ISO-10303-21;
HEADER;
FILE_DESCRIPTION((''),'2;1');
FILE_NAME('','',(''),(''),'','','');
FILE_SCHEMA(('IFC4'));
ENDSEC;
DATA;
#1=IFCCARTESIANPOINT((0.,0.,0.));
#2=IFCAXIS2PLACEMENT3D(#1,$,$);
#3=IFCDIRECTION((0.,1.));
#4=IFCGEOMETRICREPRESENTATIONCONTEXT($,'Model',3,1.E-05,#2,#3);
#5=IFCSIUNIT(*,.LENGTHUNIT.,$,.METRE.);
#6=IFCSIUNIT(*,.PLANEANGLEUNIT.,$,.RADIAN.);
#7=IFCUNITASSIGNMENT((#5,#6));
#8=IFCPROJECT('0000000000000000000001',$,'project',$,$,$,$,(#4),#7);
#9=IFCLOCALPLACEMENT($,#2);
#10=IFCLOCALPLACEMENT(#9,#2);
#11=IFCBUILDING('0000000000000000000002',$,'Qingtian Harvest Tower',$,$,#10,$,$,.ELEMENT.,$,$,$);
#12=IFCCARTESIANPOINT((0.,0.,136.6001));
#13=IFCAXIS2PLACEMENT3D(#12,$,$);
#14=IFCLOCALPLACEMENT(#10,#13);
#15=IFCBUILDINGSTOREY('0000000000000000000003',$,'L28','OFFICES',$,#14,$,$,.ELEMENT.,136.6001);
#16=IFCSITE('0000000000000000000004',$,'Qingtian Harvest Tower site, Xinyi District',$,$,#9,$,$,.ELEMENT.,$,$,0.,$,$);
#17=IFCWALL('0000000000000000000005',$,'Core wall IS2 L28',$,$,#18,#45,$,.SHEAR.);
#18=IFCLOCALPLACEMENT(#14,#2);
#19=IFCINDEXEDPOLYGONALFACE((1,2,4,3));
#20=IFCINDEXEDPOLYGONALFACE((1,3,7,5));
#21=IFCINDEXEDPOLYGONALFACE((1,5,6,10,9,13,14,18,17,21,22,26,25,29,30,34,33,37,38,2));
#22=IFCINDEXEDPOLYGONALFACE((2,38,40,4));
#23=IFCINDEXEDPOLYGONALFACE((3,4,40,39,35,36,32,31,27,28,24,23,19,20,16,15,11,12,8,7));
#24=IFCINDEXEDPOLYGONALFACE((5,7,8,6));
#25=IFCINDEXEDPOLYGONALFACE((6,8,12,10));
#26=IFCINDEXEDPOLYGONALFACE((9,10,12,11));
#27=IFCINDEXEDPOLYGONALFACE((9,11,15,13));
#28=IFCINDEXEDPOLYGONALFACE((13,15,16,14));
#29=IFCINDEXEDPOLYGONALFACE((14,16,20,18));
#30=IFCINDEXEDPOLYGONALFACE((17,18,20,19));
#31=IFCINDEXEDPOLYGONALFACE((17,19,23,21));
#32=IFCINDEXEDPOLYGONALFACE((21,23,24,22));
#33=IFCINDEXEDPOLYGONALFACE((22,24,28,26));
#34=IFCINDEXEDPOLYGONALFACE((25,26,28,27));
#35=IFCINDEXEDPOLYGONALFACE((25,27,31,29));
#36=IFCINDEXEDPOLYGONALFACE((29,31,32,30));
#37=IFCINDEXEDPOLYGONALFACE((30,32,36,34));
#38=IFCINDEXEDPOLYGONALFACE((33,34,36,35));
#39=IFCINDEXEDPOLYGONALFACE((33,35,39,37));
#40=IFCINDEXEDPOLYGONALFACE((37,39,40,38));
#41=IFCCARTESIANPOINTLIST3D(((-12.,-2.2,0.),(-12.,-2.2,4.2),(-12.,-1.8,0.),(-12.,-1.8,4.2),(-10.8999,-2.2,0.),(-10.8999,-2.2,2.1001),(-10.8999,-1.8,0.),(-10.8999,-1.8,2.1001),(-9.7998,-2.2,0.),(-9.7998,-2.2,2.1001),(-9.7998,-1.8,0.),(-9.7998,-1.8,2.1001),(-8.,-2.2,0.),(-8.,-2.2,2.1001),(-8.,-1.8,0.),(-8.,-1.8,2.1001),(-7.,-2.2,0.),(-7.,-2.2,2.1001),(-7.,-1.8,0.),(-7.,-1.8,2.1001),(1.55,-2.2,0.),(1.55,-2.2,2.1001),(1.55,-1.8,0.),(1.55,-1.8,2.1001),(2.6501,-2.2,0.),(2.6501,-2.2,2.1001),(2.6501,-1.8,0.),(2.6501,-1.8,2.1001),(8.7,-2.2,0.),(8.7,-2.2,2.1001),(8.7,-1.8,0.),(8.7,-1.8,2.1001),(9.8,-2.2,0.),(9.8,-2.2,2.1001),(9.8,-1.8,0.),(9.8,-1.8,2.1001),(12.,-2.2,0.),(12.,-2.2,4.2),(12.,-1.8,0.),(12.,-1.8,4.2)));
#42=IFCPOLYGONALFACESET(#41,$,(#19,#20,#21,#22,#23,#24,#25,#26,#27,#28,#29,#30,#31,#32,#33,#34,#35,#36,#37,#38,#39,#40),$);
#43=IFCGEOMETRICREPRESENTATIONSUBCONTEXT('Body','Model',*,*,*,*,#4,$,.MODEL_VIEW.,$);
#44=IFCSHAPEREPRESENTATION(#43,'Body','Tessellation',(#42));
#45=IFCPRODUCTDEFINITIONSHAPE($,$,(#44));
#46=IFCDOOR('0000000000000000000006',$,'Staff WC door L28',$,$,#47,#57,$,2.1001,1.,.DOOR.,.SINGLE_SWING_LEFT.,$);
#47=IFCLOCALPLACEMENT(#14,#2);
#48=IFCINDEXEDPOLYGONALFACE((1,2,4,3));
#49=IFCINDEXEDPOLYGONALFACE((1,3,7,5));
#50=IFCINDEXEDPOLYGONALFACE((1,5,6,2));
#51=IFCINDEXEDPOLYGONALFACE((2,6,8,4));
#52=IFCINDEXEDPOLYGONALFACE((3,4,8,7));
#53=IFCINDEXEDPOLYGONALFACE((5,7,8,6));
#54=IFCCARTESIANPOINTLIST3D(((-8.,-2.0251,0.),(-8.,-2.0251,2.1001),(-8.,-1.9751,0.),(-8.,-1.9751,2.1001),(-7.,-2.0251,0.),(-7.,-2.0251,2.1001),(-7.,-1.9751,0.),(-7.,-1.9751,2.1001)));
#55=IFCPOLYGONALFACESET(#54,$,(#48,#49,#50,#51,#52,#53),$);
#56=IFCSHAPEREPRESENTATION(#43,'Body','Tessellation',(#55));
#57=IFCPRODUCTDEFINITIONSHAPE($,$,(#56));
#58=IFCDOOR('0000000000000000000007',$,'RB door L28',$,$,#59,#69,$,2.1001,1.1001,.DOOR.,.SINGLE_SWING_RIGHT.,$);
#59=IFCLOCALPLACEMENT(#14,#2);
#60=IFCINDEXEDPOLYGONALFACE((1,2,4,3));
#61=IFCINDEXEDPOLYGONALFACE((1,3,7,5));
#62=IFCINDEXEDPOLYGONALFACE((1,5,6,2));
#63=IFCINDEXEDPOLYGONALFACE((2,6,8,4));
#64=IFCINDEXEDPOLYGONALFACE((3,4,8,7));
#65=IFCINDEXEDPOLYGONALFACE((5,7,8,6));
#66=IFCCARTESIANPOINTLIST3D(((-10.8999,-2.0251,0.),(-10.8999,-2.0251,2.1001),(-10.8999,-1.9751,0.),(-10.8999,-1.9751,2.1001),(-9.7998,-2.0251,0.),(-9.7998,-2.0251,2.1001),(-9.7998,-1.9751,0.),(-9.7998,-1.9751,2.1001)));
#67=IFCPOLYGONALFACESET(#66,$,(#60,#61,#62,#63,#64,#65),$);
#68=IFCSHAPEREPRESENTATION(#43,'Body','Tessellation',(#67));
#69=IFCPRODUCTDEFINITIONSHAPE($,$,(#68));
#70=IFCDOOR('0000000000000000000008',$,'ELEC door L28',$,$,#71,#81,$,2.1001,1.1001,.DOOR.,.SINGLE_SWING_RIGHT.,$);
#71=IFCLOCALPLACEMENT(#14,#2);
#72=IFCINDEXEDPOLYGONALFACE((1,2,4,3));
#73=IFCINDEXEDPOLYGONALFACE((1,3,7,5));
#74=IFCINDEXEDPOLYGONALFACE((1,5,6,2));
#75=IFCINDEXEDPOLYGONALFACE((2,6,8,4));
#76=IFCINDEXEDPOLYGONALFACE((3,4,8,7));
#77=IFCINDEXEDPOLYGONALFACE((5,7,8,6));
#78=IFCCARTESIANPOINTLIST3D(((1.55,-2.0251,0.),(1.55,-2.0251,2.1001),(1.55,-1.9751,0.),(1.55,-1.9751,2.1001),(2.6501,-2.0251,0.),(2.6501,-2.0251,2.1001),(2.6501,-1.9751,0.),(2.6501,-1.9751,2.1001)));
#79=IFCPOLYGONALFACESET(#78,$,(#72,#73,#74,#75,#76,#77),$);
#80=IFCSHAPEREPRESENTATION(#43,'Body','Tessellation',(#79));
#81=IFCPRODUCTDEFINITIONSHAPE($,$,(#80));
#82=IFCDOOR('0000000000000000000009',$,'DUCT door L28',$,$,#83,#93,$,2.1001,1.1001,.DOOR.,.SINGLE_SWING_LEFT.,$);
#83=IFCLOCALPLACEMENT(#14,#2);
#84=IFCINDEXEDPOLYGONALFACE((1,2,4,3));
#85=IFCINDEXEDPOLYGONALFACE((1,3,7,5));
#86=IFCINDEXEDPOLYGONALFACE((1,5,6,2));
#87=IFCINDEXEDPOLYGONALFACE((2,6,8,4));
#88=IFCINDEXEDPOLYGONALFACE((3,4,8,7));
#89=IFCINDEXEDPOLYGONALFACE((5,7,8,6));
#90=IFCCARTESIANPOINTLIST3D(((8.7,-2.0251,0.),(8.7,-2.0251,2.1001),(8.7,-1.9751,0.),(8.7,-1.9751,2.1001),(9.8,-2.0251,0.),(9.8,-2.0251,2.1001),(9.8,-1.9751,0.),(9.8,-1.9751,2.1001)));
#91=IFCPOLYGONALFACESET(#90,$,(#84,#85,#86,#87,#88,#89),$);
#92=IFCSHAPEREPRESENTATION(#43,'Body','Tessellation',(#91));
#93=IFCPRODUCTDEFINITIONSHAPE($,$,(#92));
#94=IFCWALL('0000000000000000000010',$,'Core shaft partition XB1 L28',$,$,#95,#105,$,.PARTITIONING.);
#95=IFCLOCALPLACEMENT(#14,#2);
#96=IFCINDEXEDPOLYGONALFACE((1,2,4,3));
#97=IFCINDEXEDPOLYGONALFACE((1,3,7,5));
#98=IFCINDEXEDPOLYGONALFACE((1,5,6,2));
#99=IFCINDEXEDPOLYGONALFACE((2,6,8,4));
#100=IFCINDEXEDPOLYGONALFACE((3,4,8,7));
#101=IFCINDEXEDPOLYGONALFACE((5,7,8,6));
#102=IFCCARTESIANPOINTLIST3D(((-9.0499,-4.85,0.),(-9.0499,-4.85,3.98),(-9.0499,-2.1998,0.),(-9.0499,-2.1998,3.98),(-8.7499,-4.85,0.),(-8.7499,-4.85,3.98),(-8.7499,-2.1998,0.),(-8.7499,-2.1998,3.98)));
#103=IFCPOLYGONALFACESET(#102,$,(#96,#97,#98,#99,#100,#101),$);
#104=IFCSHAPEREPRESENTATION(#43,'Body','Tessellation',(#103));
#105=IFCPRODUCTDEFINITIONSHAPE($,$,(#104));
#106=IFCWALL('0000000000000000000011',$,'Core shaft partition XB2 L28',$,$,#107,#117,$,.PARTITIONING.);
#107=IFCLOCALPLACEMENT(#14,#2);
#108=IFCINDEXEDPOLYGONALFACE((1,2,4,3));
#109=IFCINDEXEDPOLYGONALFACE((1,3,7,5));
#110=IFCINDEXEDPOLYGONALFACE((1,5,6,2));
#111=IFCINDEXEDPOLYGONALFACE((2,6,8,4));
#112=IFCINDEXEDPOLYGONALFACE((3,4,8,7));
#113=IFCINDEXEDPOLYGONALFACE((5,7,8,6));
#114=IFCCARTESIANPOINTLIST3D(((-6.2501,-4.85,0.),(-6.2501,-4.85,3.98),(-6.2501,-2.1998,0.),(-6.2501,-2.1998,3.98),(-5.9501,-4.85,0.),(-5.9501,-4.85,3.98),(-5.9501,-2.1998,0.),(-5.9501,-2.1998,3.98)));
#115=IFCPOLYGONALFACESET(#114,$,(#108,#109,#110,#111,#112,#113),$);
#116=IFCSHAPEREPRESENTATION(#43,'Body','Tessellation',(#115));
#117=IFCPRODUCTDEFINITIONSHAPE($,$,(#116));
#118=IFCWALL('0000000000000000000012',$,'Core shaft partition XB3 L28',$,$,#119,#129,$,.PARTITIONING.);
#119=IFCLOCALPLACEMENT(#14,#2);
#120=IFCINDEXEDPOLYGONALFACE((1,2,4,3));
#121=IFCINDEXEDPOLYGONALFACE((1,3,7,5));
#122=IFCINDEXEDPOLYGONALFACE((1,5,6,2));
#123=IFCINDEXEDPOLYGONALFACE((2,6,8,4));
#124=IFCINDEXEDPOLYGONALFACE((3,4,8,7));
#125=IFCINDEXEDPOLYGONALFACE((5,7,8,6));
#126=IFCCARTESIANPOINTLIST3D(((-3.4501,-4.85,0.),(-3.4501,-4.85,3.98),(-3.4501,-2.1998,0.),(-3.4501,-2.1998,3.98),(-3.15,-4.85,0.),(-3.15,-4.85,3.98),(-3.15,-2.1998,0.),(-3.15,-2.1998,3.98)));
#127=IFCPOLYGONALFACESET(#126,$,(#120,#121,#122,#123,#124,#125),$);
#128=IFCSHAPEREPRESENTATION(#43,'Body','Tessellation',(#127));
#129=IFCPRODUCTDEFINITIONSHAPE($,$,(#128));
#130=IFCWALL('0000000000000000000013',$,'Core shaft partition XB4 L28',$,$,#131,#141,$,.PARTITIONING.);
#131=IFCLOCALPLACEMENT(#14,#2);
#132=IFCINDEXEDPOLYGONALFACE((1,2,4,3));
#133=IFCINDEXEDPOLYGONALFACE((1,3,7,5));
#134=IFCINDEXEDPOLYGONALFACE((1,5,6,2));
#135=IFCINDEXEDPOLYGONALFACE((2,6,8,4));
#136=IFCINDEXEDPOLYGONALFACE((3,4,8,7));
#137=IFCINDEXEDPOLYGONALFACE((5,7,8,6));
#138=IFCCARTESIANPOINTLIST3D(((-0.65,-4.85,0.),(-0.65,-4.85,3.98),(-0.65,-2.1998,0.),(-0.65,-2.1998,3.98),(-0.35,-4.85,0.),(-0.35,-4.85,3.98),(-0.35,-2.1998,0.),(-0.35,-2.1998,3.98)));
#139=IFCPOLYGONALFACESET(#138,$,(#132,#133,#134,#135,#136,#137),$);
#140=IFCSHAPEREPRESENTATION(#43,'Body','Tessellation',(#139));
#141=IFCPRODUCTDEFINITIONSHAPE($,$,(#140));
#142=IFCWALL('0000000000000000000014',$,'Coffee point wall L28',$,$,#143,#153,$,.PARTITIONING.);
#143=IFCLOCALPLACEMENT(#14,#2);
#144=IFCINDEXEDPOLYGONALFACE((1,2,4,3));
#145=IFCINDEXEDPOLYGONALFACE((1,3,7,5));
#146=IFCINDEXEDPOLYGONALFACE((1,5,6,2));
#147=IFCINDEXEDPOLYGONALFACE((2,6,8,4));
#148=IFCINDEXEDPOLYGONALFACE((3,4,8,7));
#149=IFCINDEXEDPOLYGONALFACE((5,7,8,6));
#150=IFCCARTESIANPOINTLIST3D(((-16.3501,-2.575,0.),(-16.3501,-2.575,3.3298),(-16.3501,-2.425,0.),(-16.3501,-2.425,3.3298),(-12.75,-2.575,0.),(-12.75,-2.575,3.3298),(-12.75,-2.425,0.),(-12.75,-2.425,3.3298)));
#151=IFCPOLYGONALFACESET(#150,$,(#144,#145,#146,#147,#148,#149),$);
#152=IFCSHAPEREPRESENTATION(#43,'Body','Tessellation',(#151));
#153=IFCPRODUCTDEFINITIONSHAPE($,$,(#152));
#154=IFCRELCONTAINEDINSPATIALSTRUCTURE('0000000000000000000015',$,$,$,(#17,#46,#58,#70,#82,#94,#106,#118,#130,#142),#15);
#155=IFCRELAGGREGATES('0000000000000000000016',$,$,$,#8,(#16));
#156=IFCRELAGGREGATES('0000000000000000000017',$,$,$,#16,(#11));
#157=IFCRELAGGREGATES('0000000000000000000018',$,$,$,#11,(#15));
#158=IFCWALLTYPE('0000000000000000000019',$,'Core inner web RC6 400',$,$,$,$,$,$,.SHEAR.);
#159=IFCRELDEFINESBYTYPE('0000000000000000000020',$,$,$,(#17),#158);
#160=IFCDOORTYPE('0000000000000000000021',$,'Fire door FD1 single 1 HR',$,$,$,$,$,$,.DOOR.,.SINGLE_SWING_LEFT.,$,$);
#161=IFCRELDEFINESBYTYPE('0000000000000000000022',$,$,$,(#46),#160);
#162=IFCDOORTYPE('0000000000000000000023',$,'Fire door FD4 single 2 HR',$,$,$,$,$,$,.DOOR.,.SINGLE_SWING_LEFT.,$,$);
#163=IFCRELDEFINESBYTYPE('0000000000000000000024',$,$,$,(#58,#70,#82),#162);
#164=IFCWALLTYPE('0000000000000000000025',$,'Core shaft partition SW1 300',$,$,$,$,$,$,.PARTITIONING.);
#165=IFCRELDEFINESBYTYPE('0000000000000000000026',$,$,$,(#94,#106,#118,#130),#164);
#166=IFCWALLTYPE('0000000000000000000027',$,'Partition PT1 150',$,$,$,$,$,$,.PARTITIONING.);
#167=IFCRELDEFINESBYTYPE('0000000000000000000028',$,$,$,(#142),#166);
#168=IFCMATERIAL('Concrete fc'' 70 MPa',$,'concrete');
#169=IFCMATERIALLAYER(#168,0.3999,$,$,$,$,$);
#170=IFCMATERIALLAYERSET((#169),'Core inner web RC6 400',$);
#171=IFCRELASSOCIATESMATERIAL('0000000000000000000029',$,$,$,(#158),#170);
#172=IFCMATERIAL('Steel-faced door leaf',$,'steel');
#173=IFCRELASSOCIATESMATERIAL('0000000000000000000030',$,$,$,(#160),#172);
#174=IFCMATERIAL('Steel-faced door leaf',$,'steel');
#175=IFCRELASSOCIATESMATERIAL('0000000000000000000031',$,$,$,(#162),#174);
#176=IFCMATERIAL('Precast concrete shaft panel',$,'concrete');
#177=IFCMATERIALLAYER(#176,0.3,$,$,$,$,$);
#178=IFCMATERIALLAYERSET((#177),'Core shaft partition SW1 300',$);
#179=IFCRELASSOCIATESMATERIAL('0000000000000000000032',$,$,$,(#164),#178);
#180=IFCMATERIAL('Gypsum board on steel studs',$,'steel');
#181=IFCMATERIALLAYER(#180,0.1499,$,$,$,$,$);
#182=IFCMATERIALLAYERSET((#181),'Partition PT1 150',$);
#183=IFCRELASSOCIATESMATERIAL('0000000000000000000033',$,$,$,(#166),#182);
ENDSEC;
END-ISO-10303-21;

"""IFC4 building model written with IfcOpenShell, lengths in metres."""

from ifc_helpers import new_model, si_unit, direction, frame, frame_2d, origin, place, context, subcontext, project, spatial, rectangle, extrude, material, layer, layer_set, type_object, element, fill, save


model = new_model("IFC4")

# Units and contexts
model_context = context("Model", 3, precision=1e-05, world=origin(), true_north=direction((0.0, 1.0)))
body_context = subcontext(model_context, "Body", "Model", "MODEL_VIEW")
ifc_project = project(units=[si_unit("LENGTHUNIT", "METRE"), si_unit("PLANEANGLEUNIT", "RADIAN")], contexts=[model_context])

# Site, building, storey
site_placement = place(None, origin())
site = spatial("IfcSite", under=ifc_project, at=site_placement, Name="Qingtian Harvest Tower site, Xinyi District", CompositionType="ELEMENT", RefElevation=0.0)
building_placement = place(site_placement, origin())
building = spatial("IfcBuilding", under=site, at=building_placement, Name="Qingtian Harvest Tower", CompositionType="ELEMENT")
storey_placement = place(building_placement, frame((0.0, 0.0, 136.6001)))
storey = spatial("IfcBuildingStorey", under=building, at=storey_placement, Name="L28", Description="OFFICES", CompositionType="ELEMENT", Elevation=136.6001)

# Wall, openings, doors
ifc_material_1 = material(Name="Concrete fc' 70 MPa", Category="concrete")
ifc_layer_1 = layer(ifc_material_1, 0.3999)
ifc_layer_set_1 = layer_set([ifc_layer_1], Name="Core inner web RC6 400")
wall_type_1 = type_object("IfcWallType", Name="Core inner web RC6 400", PredefinedType="SHEAR", material=ifc_layer_set_1)
wall_1_placement = place(storey_placement, frame((-12.0, -2.0, 0.0), z_axis=(0.0, 0.0, 1.0), x_axis=(1.0, 0.0, 0.0)))
wall_1 = element("IfcWall", 1, at=wall_1_placement, inside=storey, type_object=wall_type_1, Name="Core wall IS2 L28", PredefinedType="SHEAR", context=body_context, shape_type="SweptSolid", body=[
    extrude(rectangle(XDim=24.0, YDim=0.3999, at=frame_2d((12.0, 0.0))), origin(), (0.0, 0.0, 1.0), 4.2),
])
opening_1_placement = place(wall_1_placement, frame((1.1001, 0.0, 0.0)))
opening_1 = element("IfcOpeningElement", 2, at=opening_1_placement, cuts=wall_1, PredefinedType="OPENING", context=body_context, shape_type="SweptSolid", body=[
    extrude(rectangle(XDim=1.1001, YDim=2.1001, at=frame_2d((0.55, 1.05))), frame((0.0, 0.21, 0.0), z_axis=(0.0, -1.0, 0.0), x_axis=(1.0, 0.0, 0.0)), (0.0, 0.0, 1.0), 0.4199),
])
opening_2_placement = place(wall_1_placement, frame((13.55, 0.0, 0.0)))
opening_2 = element("IfcOpeningElement", 3, at=opening_2_placement, cuts=wall_1, PredefinedType="OPENING", context=body_context, shape_type="SweptSolid", body=[
    extrude(rectangle(XDim=1.1001, YDim=2.1001, at=frame_2d((0.55, 1.05))), frame((0.0, 0.21, 0.0), z_axis=(0.0, -1.0, 0.0), x_axis=(1.0, 0.0, 0.0)), (0.0, 0.0, 1.0), 0.4199),
])
opening_3_placement = place(wall_1_placement, frame((20.7, 0.0, 0.0)))
opening_3 = element("IfcOpeningElement", 4, at=opening_3_placement, cuts=wall_1, PredefinedType="OPENING", context=body_context, shape_type="SweptSolid", body=[
    extrude(rectangle(XDim=1.1001, YDim=2.1001, at=frame_2d((0.55, 1.05))), frame((0.0, 0.21, 0.0), z_axis=(0.0, -1.0, 0.0), x_axis=(1.0, 0.0, 0.0)), (0.0, 0.0, 1.0), 0.4199),
])
opening_4_placement = place(wall_1_placement, frame((4.0, 0.0, 0.0)))
opening_4 = element("IfcOpeningElement", 5, at=opening_4_placement, cuts=wall_1, PredefinedType="OPENING", context=body_context, shape_type="SweptSolid", body=[
    extrude(rectangle(XDim=1.0, YDim=2.1001, at=frame_2d((0.5, 1.05))), frame((0.0, 0.21, 0.0), z_axis=(0.0, -1.0, 0.0), x_axis=(1.0, 0.0, 0.0)), (0.0, 0.0, 1.0), 0.4199),
])
ifc_material_2 = material(Name="Steel-faced door leaf", Category="steel")
door_type_1 = type_object("IfcDoorType", Name="Fire door FD1 single 1 HR", OperationType="SINGLE_SWING_LEFT", PredefinedType="DOOR", material=ifc_material_2)
door_1_placement = place(opening_4_placement, origin())
door_1 = element("IfcDoor", 6, at=door_1_placement, inside=storey, type_object=door_type_1, Name="Staff WC door L28", OperationType="SINGLE_SWING_LEFT", OverallHeight=2.1001, OverallWidth=1.0, PredefinedType="DOOR", context=body_context, shape_type="SweptSolid", body=[
    extrude(rectangle(XDim=1.0, YDim=2.1001, at=frame_2d((0.5, 1.05))), frame((0.0, 0.0249, 0.0), z_axis=(0.0, -1.0, 0.0), x_axis=(1.0, 0.0, 0.0)), (0.0, 0.0, 1.0), 0.05),
])
fill(opening_4, door_1)
ifc_material_3 = material(Name="Steel-faced door leaf", Category="steel")
door_type_2 = type_object("IfcDoorType", Name="Fire door FD4 single 2 HR", OperationType="SINGLE_SWING_LEFT", PredefinedType="DOOR", material=ifc_material_3)
door_2_placement = place(opening_1_placement, origin())
door_2 = element("IfcDoor", 7, at=door_2_placement, inside=storey, type_object=door_type_2, Name="RB door L28", OperationType="SINGLE_SWING_RIGHT", OverallHeight=2.1001, OverallWidth=1.1001, PredefinedType="DOOR", context=body_context, shape_type="SweptSolid", body=[
    extrude(rectangle(XDim=1.1001, YDim=2.1001, at=frame_2d((0.55, 1.05))), frame((0.0, 0.0249, 0.0), z_axis=(0.0, -1.0, 0.0), x_axis=(1.0, 0.0, 0.0)), (0.0, 0.0, 1.0), 0.05),
])
fill(opening_1, door_2)
door_3_placement = place(opening_2_placement, origin())
door_3 = element("IfcDoor", 8, at=door_3_placement, inside=storey, type_object=door_type_2, Name="ELEC door L28", OperationType="SINGLE_SWING_RIGHT", OverallHeight=2.1001, OverallWidth=1.1001, PredefinedType="DOOR", context=body_context, shape_type="SweptSolid", body=[
    extrude(rectangle(XDim=1.1001, YDim=2.1001, at=frame_2d((0.55, 1.05))), frame((0.0, 0.0249, 0.0), z_axis=(0.0, -1.0, 0.0), x_axis=(1.0, 0.0, 0.0)), (0.0, 0.0, 1.0), 0.05),
])
fill(opening_2, door_3)
door_4_placement = place(opening_3_placement, origin())
door_4 = element("IfcDoor", 9, at=door_4_placement, inside=storey, type_object=door_type_2, Name="DUCT door L28", OperationType="SINGLE_SWING_LEFT", OverallHeight=2.1001, OverallWidth=1.1001, PredefinedType="DOOR", context=body_context, shape_type="SweptSolid", body=[
    extrude(rectangle(XDim=1.1001, YDim=2.1001, at=frame_2d((0.55, 1.05))), frame((0.0, 0.0249, 0.0), z_axis=(0.0, -1.0, 0.0), x_axis=(1.0, 0.0, 0.0)), (0.0, 0.0, 1.0), 0.05),
])
fill(opening_3, door_4)

# Walls
ifc_material_4 = material(Name="Precast concrete shaft panel", Category="concrete")
ifc_layer_2 = layer(ifc_material_4, 0.3)
ifc_layer_set_2 = layer_set([ifc_layer_2], Name="Core shaft partition SW1 300")
wall_type_2 = type_object("IfcWallType", Name="Core shaft partition SW1 300", PredefinedType="PARTITIONING", material=ifc_layer_set_2)
for number, where, z_axis, x_axis, name in (
    (10, (-8.8999, -4.8501, 0.0), (0.0, 0.0, 1.0), (0.0, 1.0, 0.0), "Core shaft partition XB1 L28"),
    (11, (-6.1001, -4.8501, 0.0), (0.0, 0.0, 1.0), (0.0, 1.0, 0.0), "Core shaft partition XB2 L28"),
    (12, (-3.3, -4.8501, 0.0), (0.0, 0.0, 1.0), (0.0, 1.0, 0.0), "Core shaft partition XB3 L28"),
    (13, (-0.5, -4.8501, 0.0), (0.0, 0.0, 1.0), (0.0, 1.0, 0.0), "Core shaft partition XB4 L28"),
):
    element("IfcWall", number, at=place(storey_placement, frame(where, z_axis=z_axis, x_axis=x_axis)), inside=storey, type_object=wall_type_2, Name=name, PredefinedType="PARTITIONING", context=body_context, shape_type="SweptSolid", body=[
        extrude(rectangle(XDim=2.6501, YDim=0.3, at=frame_2d((1.3252, 0.0))), origin(), (0.0, 0.0, 1.0), 3.98),
    ])

# Wall
ifc_material_5 = material(Name="Gypsum board on steel studs", Category="steel")
ifc_layer_3 = layer(ifc_material_5, 0.1499)
ifc_layer_set_3 = layer_set([ifc_layer_3], Name="Partition PT1 150")
wall_type_3 = type_object("IfcWallType", Name="Partition PT1 150", PredefinedType="PARTITIONING", material=ifc_layer_set_3)
wall_2_placement = place(storey_placement, frame((-12.75, -2.5, 0.0), z_axis=(0.0, 0.0, 1.0), x_axis=(-1.0, 0.0, 0.0)))
element("IfcWall", 14, at=wall_2_placement, inside=storey, type_object=wall_type_3, Name="Coffee point wall L28", PredefinedType="PARTITIONING", context=body_context, shape_type="SweptSolid", body=[
    extrude(rectangle(XDim=3.6001, YDim=0.1499, at=frame_2d((1.8, 0.0))), origin(), (0.0, 0.0, 1.0), 3.3298),
])

save(model, "model.ifc")
